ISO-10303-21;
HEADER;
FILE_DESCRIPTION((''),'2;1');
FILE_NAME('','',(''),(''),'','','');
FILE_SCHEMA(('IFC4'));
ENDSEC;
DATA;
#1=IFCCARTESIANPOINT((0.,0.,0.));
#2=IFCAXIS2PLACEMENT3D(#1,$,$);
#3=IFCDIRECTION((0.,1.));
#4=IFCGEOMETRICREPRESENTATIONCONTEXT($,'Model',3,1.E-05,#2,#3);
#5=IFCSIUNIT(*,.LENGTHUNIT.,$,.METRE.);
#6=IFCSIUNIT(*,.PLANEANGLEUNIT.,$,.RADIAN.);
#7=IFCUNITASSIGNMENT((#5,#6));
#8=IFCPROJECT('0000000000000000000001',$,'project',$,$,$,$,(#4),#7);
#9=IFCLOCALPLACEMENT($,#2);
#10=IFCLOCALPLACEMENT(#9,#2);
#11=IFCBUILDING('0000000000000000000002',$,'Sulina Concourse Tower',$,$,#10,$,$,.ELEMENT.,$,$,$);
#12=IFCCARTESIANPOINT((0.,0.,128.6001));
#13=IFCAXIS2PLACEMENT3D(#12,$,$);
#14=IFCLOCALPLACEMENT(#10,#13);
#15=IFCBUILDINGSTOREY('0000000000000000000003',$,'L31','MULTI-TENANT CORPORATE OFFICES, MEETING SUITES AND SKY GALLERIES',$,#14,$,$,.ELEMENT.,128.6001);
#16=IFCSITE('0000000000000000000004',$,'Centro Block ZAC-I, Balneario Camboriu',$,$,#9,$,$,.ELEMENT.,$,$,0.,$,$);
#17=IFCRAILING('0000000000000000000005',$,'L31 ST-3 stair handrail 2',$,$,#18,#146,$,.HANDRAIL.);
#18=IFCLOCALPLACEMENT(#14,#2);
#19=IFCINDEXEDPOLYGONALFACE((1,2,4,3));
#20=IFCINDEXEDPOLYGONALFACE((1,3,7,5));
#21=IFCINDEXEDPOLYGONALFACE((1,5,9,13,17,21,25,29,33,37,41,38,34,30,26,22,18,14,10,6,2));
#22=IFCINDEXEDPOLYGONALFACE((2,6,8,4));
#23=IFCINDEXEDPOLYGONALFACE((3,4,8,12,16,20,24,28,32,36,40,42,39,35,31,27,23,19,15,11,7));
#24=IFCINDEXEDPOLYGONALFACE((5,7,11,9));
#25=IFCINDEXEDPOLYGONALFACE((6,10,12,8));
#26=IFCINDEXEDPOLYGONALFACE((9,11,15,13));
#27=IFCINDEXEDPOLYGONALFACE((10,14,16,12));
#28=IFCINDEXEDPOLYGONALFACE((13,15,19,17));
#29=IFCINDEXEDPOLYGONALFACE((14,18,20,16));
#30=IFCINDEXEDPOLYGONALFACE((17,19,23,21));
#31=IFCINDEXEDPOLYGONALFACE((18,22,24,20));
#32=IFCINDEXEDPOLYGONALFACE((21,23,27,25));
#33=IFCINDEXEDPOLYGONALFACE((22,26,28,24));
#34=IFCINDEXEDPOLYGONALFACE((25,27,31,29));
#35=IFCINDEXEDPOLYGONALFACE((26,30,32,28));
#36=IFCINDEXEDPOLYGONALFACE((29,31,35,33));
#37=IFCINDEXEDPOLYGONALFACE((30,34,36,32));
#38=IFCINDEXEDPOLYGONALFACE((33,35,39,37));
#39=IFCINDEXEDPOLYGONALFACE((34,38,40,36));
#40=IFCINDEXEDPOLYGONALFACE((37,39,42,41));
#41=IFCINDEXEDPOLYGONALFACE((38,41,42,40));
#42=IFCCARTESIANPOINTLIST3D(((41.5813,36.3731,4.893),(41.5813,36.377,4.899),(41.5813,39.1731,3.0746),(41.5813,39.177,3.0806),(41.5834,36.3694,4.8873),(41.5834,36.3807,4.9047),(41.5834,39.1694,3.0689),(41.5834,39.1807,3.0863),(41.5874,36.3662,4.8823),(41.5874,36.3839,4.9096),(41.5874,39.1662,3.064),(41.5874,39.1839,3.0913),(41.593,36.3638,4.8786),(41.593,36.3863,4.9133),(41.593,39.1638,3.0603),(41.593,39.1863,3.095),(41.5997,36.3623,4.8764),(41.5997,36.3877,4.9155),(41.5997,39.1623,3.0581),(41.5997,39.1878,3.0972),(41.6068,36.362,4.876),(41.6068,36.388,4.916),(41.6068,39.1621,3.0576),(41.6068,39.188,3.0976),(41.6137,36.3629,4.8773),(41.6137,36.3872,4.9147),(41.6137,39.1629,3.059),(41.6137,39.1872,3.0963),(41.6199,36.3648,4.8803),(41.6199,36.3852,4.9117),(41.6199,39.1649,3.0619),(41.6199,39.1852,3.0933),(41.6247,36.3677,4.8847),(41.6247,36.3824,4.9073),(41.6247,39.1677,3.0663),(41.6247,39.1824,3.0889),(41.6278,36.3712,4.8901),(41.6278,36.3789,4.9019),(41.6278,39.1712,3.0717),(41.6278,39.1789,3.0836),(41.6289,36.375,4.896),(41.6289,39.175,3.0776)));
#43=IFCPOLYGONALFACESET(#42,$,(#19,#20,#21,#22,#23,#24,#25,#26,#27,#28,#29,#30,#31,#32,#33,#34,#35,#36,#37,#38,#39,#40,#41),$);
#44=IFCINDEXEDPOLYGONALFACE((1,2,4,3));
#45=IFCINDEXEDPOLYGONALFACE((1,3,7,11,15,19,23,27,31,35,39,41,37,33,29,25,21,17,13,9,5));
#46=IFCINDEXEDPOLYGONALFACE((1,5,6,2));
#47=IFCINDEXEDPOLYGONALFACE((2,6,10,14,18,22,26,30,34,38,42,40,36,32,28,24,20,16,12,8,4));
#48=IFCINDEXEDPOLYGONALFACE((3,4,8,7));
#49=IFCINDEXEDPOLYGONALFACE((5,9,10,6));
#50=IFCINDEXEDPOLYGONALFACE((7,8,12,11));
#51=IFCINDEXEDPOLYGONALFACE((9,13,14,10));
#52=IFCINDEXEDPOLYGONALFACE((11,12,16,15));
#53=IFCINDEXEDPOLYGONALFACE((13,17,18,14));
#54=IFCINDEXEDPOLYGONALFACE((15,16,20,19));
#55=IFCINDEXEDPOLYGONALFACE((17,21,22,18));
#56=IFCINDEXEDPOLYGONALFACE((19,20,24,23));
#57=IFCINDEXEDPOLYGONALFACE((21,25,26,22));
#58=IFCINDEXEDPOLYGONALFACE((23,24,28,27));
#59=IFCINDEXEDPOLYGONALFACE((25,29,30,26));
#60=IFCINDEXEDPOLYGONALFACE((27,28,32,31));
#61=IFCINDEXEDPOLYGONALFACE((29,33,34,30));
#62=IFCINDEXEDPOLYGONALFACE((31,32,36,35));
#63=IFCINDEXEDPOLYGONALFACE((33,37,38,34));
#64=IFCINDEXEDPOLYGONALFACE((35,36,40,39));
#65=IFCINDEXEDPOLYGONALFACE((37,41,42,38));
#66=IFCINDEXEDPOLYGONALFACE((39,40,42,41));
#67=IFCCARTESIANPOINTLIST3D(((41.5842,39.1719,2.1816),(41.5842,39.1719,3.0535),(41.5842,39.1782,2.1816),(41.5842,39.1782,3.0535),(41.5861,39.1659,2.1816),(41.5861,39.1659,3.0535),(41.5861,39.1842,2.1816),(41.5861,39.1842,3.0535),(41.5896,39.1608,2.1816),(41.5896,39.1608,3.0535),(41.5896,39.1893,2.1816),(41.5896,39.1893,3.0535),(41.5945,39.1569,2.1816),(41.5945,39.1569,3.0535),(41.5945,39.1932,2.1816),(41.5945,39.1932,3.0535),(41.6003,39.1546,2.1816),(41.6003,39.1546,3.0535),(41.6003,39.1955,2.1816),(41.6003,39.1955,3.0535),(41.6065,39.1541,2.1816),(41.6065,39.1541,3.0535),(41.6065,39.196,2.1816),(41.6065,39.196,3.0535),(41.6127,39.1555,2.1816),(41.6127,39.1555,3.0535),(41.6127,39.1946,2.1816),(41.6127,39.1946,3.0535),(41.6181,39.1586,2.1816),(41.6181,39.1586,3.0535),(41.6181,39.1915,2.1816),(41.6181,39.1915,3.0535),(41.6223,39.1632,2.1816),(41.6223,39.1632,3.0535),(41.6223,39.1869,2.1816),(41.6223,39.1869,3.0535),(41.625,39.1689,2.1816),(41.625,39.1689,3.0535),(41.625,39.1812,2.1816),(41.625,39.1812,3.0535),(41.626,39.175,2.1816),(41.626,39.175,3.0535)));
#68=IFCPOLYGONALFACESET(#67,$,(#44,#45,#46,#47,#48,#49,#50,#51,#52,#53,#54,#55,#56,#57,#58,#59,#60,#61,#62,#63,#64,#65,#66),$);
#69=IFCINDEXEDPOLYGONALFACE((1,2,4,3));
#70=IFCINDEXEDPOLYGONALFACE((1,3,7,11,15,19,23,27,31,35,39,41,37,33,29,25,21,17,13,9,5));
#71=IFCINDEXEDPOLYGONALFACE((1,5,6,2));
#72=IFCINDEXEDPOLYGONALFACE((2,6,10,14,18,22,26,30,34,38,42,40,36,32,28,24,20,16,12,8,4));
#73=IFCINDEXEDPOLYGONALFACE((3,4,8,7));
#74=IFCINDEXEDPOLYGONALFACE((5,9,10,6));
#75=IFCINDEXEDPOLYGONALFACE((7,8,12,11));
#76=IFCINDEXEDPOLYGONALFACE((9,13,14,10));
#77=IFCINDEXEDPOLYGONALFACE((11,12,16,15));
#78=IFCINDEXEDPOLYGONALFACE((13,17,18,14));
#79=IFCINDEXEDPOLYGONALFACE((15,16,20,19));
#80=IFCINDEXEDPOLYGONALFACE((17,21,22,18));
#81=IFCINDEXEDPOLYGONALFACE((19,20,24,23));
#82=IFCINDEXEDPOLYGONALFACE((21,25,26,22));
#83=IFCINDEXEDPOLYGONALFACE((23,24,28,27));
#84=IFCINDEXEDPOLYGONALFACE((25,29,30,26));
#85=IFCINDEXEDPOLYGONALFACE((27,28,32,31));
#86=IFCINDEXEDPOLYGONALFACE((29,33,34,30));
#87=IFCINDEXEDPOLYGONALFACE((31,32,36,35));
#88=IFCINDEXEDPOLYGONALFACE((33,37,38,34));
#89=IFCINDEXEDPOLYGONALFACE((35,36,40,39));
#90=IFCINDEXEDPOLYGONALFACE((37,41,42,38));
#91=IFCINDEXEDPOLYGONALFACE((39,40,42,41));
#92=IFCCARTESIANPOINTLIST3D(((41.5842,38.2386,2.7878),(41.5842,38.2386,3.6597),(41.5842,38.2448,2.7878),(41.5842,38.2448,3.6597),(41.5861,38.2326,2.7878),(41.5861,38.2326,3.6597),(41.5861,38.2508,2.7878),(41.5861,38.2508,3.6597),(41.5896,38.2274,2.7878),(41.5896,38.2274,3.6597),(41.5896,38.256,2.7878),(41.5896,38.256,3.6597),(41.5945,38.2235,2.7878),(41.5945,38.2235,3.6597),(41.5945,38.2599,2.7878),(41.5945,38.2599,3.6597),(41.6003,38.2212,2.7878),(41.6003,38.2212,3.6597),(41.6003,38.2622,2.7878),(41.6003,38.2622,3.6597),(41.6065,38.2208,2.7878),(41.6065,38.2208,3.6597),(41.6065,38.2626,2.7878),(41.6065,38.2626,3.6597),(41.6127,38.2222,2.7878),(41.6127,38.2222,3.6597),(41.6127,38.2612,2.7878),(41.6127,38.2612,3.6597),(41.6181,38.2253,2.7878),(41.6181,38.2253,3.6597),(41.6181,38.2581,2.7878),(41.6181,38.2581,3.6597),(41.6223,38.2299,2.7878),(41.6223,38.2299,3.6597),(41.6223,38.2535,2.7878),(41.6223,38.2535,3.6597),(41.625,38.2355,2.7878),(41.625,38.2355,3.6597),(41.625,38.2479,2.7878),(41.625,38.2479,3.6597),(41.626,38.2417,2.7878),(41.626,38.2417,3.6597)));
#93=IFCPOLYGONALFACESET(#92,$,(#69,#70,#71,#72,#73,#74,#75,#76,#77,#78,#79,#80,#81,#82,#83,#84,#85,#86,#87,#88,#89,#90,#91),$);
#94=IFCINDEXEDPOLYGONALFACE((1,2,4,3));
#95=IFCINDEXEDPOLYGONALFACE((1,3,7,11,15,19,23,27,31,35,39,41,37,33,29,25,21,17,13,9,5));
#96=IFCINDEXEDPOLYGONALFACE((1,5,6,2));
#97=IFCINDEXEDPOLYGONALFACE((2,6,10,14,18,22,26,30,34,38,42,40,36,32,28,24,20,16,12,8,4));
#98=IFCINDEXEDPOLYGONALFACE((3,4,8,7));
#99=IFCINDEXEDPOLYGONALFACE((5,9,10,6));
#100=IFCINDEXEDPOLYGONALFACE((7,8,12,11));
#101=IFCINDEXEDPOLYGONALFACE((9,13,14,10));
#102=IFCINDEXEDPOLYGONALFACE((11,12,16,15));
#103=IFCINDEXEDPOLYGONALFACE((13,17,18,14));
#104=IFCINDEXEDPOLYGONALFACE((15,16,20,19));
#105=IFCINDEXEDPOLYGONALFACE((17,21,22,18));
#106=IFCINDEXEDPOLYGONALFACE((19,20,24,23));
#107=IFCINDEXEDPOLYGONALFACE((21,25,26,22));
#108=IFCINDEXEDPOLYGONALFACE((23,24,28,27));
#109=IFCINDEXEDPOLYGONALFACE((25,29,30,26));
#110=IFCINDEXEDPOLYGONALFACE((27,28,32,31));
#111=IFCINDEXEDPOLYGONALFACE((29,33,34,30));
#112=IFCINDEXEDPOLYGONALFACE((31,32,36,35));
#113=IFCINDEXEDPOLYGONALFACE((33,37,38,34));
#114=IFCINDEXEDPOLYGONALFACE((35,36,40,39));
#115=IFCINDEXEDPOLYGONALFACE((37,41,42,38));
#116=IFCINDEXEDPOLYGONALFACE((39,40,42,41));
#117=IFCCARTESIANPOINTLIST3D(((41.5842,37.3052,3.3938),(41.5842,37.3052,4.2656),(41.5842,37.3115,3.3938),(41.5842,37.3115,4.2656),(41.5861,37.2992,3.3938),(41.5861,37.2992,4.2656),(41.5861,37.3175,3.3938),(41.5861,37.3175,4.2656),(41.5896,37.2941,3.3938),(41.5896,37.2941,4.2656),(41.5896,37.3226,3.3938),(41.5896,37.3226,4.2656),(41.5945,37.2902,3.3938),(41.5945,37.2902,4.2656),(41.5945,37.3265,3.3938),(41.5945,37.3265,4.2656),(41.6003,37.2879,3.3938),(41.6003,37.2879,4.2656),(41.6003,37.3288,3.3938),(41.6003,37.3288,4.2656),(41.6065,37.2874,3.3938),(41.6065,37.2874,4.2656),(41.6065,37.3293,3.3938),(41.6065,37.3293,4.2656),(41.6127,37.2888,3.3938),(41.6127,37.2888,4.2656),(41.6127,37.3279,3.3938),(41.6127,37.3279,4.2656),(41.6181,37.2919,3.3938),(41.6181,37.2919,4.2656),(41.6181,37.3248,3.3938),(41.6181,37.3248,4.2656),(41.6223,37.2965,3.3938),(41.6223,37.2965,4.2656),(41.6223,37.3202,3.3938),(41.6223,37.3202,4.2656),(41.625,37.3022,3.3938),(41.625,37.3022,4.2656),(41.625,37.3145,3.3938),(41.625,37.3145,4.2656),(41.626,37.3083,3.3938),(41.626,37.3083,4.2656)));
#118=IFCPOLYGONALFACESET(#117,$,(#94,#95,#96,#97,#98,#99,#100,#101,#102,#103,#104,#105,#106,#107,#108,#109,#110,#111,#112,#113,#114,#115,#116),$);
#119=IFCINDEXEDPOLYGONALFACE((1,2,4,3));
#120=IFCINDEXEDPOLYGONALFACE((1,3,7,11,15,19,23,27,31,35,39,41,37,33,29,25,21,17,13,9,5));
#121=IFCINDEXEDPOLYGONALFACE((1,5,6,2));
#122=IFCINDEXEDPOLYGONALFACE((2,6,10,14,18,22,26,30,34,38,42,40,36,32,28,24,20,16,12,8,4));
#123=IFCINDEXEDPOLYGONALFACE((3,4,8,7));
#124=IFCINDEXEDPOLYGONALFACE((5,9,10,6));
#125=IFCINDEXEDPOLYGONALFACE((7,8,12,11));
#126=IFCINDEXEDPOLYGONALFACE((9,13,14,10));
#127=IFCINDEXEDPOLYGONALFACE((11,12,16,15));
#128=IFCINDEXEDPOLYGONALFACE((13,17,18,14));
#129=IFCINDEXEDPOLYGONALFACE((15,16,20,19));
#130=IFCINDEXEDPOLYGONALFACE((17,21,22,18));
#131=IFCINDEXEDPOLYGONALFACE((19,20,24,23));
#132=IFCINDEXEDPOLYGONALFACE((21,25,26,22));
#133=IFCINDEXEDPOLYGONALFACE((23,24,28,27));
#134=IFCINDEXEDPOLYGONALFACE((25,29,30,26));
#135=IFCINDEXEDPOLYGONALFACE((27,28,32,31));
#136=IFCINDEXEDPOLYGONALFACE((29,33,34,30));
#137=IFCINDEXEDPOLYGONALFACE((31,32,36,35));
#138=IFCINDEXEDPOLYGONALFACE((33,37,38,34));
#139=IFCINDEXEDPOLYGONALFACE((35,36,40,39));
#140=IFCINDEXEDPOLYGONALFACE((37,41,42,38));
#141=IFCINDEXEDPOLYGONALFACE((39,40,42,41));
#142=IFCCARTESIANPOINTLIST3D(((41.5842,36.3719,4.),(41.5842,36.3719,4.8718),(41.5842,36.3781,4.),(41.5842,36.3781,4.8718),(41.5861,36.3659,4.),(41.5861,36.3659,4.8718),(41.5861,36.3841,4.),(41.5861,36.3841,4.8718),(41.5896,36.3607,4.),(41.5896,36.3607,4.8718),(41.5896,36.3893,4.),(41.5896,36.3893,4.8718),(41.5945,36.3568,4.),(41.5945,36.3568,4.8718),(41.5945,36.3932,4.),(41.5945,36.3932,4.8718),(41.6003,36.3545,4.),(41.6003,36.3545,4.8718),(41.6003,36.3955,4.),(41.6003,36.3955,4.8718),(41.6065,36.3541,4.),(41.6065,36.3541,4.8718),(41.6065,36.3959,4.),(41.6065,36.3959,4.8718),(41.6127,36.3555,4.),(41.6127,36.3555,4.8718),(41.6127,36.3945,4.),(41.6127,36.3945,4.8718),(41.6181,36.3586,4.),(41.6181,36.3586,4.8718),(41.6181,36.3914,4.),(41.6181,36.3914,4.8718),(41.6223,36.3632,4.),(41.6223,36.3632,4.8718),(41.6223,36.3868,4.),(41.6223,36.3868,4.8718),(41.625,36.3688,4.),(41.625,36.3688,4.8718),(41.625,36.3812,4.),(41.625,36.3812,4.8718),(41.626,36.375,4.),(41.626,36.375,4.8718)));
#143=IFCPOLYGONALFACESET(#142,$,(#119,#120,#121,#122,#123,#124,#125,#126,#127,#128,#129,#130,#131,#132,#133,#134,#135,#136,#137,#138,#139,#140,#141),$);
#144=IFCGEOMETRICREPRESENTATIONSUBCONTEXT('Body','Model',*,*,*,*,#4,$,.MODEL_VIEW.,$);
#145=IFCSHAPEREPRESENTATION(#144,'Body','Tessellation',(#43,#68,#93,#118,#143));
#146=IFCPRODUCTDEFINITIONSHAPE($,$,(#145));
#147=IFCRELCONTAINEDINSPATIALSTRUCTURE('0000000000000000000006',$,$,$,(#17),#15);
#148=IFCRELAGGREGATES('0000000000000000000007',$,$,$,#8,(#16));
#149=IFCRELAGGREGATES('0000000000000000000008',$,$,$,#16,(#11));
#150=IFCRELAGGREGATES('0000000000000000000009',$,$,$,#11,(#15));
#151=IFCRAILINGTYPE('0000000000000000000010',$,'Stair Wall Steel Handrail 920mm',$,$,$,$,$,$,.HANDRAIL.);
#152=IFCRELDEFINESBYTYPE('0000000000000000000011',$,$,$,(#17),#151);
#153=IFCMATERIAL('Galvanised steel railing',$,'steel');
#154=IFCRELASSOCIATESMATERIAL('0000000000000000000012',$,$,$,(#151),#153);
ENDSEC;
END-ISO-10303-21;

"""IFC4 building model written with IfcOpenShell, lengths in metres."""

from ifc_helpers import new_model, si_unit, direction, frame, origin, origin_2d, place, context, subcontext, project, spatial, circle, extrude, material, type_object, element, save


model = new_model("IFC4")

# Units and contexts
model_context = context("Model", 3, precision=1e-05, world=origin(), true_north=direction((0.0, 1.0)))
body_context = subcontext(model_context, "Body", "Model", "MODEL_VIEW")
ifc_project = project(units=[si_unit("LENGTHUNIT", "METRE"), si_unit("PLANEANGLEUNIT", "RADIAN")], contexts=[model_context])

# Site, building, storey
site_placement = place(None, origin())
site = spatial("IfcSite", under=ifc_project, at=site_placement, Name="Centro Block ZAC-I, Balneario Camboriu", CompositionType="ELEMENT", RefElevation=0.0)
building_placement = place(site_placement, origin())
building = spatial("IfcBuilding", under=site, at=building_placement, Name="Sulina Concourse Tower", CompositionType="ELEMENT")
storey_placement = place(building_placement, frame((0.0, 0.0, 128.6001)))
storey = spatial("IfcBuildingStorey", under=building, at=storey_placement, Name="L31", Description="MULTI-TENANT CORPORATE OFFICES, MEETING SUITES AND SKY GALLERIES", CompositionType="ELEMENT", Elevation=128.6001)

# Railing
ifc_material_1 = material(Name="Galvanised steel railing", Category="steel")
railing_type_1 = type_object("IfcRailingType", Name="Stair Wall Steel Handrail 920mm", PredefinedType="HANDRAIL", material=ifc_material_1)
railing_1_placement = place(storey_placement, frame((41.605, 39.175, 2.1816)))
element("IfcRailing", 1, at=railing_1_placement, inside=storey, type_object=railing_type_1, Name="L31 ST-3 stair handrail 2", PredefinedType="HANDRAIL", context=body_context, shape_type="SweptSolid", body=[
    extrude(circle(Radius=0.0239, at=origin_2d()), frame((0.0, 0.0, 0.896), z_axis=(0.0, -0.838672, 0.544636), x_axis=(1.0, 0.0, 0.0)), (0.0, 0.0, 1.0), 3.3386),
    extrude(circle(Radius=0.021, at=origin_2d()), origin(), (0.0, 0.0, 1.0), 0.8718),
    extrude(circle(Radius=0.021, at=origin_2d()), frame((0.0, -0.9333, 0.6062)), (0.0, 0.0, 1.0), 0.8718),
    extrude(circle(Radius=0.021, at=origin_2d()), frame((0.0, -1.8667, 1.2122)), (0.0, 0.0, 1.0), 0.8718),
    extrude(circle(Radius=0.021, at=origin_2d()), frame((0.0, -2.8, 1.8184)), (0.0, 0.0, 1.0), 0.8718),
])

save(model, "model.ifc")
